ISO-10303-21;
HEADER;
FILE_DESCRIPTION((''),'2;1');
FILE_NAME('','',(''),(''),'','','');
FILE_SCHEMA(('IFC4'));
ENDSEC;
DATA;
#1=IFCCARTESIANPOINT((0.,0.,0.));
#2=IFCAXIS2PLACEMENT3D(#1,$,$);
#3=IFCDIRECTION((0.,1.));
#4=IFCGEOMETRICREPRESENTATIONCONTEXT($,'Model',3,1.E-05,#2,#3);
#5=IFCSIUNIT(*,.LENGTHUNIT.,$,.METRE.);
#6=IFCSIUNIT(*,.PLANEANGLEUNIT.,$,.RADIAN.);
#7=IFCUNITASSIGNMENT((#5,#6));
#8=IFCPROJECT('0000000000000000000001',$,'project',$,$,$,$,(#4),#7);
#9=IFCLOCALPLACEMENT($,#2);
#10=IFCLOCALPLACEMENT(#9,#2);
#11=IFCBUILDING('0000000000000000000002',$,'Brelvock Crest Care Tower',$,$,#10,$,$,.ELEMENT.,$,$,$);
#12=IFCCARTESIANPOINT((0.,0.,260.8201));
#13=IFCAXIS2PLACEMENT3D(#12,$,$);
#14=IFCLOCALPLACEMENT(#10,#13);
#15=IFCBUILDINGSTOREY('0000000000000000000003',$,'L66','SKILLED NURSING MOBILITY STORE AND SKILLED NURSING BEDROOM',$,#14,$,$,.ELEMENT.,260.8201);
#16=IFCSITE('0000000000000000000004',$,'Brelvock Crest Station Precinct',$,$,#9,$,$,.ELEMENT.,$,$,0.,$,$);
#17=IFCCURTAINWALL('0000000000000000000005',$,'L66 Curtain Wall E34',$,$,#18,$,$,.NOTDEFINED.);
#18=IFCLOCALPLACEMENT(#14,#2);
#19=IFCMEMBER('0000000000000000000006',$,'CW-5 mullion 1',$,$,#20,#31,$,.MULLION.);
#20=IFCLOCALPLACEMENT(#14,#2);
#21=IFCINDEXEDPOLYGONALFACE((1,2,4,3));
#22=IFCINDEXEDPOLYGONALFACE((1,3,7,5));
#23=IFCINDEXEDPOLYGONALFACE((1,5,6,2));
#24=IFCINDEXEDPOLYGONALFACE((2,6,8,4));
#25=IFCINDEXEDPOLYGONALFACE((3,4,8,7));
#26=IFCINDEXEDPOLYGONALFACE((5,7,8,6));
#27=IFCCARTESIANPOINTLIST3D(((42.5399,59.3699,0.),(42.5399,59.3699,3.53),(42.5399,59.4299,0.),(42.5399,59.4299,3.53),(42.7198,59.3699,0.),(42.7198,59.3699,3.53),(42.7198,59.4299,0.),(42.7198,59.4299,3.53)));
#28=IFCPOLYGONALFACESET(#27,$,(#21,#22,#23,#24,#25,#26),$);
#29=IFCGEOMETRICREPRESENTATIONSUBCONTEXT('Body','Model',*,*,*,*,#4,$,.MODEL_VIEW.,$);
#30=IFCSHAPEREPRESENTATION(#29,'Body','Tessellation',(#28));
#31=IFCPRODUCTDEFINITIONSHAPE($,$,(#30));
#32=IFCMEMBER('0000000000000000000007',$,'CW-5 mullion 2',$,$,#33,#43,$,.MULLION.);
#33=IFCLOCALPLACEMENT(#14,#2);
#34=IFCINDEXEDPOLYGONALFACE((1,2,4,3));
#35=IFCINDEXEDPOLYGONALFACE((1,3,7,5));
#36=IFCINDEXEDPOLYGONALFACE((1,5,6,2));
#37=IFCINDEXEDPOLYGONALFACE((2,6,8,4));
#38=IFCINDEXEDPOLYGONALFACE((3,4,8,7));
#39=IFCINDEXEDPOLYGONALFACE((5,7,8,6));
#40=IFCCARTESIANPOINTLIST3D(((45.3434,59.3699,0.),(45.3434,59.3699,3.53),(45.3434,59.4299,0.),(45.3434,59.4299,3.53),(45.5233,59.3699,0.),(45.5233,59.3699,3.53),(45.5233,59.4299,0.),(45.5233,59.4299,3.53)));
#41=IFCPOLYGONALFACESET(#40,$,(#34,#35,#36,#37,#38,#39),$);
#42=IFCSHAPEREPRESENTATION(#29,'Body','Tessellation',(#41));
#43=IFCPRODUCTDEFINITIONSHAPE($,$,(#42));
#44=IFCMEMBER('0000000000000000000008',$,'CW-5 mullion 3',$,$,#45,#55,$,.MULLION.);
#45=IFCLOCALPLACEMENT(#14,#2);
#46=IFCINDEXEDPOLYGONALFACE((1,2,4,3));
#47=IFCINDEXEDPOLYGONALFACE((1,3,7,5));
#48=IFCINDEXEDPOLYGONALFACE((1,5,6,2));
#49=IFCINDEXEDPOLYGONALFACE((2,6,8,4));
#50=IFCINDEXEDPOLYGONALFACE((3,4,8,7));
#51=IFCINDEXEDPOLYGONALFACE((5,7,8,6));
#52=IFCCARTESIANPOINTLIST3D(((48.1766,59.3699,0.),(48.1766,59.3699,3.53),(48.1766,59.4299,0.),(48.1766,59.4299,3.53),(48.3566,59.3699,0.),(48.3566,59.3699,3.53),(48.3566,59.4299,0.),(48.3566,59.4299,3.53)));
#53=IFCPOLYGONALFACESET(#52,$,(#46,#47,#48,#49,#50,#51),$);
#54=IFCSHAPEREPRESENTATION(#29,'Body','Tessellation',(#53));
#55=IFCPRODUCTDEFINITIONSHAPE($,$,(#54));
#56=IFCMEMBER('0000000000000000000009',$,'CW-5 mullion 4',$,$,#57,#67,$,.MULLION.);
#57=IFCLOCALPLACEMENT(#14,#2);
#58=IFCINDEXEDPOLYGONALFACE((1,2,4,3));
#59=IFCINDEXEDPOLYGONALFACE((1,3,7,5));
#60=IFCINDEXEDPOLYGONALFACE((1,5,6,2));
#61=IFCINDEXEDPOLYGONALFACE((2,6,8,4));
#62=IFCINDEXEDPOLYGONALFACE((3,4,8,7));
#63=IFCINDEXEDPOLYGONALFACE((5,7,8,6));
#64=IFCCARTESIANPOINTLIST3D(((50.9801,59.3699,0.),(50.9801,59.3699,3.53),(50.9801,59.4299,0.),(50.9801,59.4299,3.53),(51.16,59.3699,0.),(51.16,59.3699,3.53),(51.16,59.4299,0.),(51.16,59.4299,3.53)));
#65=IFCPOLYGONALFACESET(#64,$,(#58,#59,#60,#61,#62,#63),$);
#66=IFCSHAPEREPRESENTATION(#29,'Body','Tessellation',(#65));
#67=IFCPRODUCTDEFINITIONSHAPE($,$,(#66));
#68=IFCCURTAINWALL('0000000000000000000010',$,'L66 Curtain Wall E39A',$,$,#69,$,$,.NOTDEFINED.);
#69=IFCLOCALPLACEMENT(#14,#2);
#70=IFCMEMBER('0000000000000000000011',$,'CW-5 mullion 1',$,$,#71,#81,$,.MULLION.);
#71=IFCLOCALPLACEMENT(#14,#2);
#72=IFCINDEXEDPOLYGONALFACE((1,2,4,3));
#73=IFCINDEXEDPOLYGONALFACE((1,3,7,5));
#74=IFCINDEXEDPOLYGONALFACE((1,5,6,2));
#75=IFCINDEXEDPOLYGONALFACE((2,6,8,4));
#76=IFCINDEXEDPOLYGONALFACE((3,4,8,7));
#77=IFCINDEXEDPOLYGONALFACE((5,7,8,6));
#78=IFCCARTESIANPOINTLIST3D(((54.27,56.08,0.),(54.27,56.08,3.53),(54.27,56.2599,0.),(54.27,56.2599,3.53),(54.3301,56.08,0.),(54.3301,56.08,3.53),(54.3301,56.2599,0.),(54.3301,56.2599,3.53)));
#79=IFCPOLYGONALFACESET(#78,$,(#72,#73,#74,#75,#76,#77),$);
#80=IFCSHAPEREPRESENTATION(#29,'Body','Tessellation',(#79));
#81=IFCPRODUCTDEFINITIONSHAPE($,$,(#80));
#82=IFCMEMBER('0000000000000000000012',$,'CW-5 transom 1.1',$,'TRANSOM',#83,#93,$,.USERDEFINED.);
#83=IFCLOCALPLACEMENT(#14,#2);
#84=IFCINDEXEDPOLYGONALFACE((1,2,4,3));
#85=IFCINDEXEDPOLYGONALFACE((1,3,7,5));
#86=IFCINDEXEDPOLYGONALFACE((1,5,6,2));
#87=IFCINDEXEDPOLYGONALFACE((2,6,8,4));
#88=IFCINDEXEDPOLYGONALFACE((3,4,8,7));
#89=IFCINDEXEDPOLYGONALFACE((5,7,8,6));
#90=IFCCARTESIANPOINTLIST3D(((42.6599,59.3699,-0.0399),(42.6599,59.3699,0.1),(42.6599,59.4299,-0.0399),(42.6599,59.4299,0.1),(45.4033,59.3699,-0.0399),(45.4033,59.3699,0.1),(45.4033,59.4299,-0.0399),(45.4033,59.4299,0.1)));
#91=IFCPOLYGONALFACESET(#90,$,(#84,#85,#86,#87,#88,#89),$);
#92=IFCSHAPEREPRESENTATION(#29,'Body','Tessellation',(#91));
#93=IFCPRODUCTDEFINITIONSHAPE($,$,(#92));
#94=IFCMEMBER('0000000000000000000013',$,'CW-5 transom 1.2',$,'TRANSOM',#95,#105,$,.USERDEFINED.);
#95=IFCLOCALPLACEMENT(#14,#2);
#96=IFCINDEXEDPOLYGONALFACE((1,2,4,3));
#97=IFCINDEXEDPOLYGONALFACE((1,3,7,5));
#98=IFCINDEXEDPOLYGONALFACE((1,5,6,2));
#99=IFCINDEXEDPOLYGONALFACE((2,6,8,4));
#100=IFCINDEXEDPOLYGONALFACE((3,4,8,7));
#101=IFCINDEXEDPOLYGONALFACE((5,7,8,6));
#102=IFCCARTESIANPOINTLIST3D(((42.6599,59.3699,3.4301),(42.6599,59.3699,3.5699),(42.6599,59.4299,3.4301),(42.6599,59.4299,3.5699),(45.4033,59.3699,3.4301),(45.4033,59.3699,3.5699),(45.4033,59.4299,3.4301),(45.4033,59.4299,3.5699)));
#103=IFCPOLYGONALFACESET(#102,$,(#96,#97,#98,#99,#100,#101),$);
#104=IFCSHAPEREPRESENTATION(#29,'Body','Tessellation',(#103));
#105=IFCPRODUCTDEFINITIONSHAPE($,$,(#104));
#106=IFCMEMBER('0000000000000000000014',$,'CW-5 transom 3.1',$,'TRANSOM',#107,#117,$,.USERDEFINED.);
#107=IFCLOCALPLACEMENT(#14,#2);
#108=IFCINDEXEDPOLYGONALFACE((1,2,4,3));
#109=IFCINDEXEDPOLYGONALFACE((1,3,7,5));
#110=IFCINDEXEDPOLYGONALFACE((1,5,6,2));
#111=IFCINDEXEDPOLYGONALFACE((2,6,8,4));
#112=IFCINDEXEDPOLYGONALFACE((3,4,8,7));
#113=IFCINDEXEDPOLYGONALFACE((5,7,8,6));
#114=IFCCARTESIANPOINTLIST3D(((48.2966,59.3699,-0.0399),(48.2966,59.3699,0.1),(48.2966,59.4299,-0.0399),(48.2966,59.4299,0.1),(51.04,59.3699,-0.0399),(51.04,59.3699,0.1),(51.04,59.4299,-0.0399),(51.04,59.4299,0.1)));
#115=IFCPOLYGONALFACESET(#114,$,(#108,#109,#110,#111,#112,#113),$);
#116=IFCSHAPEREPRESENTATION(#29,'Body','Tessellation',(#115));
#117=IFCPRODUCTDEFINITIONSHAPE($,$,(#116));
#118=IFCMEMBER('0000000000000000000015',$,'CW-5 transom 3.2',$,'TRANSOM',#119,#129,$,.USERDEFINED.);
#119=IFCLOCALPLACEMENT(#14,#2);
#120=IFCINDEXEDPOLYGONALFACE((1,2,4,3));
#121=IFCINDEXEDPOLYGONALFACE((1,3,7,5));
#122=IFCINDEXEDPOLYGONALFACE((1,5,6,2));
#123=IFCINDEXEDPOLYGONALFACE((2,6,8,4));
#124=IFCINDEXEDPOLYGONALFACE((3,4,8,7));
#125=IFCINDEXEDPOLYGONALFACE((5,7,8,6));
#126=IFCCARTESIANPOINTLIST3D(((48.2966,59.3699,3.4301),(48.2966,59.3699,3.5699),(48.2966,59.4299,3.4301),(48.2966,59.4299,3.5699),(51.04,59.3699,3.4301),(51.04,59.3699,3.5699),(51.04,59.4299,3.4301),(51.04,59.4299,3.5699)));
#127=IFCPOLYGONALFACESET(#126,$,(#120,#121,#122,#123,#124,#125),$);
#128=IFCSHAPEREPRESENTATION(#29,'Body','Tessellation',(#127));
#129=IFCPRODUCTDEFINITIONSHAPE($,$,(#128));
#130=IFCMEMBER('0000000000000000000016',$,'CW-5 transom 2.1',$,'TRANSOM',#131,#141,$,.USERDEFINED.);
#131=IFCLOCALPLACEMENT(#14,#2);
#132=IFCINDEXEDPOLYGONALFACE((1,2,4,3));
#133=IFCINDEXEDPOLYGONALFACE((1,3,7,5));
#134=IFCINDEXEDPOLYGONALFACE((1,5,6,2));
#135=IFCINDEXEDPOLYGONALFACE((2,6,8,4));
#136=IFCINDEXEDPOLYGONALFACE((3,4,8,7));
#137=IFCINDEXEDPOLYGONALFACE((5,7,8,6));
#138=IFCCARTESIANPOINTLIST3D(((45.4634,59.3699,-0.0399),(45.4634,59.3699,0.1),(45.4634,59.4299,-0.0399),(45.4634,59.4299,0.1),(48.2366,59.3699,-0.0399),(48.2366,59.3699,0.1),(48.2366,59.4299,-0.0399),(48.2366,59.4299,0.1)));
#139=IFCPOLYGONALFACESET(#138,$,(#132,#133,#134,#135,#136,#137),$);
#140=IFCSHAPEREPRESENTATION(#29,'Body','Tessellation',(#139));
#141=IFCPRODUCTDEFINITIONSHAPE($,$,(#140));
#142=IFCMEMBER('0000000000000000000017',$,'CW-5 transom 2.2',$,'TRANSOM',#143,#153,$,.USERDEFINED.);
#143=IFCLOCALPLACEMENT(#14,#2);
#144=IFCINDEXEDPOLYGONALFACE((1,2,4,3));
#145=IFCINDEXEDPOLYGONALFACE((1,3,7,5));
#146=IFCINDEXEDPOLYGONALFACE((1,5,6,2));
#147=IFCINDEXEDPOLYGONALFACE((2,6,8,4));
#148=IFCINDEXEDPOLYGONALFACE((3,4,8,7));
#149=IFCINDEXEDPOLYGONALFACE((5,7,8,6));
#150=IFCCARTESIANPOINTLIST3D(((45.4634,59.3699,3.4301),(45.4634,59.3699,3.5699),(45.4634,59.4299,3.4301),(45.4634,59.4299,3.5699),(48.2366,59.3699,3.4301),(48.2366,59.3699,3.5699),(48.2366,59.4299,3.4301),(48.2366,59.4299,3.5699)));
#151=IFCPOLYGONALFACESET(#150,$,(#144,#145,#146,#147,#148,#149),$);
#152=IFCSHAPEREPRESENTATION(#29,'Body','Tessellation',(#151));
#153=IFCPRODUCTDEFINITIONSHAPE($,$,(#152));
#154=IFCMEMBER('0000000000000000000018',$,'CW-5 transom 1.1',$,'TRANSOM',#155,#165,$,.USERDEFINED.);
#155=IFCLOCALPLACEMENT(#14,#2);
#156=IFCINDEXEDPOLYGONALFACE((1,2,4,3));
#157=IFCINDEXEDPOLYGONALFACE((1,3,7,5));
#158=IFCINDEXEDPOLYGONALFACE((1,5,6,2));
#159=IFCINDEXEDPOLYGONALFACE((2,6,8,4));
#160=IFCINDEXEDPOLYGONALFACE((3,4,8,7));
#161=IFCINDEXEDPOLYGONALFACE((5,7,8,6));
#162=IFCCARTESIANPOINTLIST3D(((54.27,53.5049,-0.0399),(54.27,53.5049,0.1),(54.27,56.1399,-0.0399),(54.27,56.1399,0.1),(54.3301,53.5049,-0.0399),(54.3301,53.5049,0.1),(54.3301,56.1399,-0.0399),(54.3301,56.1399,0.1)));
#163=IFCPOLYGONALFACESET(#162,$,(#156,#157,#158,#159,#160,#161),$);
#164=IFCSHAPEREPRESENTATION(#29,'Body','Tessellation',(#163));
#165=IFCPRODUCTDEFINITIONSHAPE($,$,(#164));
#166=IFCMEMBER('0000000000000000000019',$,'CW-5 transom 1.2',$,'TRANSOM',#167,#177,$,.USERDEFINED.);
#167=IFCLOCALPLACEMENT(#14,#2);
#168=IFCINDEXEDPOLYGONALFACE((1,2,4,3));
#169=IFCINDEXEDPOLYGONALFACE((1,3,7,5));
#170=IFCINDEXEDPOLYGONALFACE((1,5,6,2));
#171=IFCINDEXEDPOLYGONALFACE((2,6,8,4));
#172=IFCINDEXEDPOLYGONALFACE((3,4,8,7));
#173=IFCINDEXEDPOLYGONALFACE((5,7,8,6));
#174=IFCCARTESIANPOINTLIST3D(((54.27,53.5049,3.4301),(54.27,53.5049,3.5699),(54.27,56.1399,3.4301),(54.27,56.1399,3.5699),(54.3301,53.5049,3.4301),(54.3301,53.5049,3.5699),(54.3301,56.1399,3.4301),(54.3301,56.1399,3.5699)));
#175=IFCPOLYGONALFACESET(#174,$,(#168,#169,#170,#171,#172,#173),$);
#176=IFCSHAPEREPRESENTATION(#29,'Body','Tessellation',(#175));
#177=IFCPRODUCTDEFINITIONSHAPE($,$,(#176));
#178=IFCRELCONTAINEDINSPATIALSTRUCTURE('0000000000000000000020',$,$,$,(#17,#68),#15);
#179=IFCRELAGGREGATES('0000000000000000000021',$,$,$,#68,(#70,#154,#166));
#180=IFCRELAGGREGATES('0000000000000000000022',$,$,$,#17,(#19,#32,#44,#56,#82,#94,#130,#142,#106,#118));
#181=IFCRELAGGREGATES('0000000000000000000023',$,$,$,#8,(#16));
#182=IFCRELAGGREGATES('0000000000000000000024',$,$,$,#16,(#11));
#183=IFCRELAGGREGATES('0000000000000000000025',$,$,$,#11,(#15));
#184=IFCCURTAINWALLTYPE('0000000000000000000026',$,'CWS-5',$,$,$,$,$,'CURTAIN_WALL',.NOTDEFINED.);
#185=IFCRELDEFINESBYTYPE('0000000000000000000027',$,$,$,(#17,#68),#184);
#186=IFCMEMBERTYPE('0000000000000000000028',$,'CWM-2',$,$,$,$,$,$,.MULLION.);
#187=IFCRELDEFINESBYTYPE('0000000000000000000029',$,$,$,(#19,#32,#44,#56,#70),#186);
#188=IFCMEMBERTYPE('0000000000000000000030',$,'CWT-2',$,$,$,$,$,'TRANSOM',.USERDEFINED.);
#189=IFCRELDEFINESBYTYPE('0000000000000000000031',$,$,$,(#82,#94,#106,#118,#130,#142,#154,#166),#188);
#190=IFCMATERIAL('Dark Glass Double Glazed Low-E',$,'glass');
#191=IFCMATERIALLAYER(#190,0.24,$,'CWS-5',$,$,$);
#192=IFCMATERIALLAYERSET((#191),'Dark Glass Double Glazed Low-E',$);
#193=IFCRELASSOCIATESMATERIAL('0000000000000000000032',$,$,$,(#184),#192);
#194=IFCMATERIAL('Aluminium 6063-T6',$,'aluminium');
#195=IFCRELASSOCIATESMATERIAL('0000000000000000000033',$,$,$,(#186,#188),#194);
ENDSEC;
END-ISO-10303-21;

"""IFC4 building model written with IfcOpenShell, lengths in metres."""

from ifc_helpers import new_model, si_unit, direction, frame, origin, origin_2d, place, context, subcontext, project, spatial, rectangle, extrude, source, transform, mapped, material, layer, layer_set, material_profile, profile_set, type_object, element, aggregate, save


model = new_model("IFC4")

# Units and contexts
model_context = context("Model", 3, precision=1e-05, world=origin(), true_north=direction((0.0, 1.0)))
body_context = subcontext(model_context, "Body", "Model", "MODEL_VIEW")
ifc_project = project(units=[si_unit("LENGTHUNIT", "METRE"), si_unit("PLANEANGLEUNIT", "RADIAN")], contexts=[model_context])

# Site, building, storey
site_placement = place(None, origin())
site = spatial("IfcSite", under=ifc_project, at=site_placement, Name="Brelvock Crest Station Precinct", CompositionType="ELEMENT", RefElevation=0.0)
building_placement = place(site_placement, origin())
building = spatial("IfcBuilding", under=site, at=building_placement, Name="Brelvock Crest Care Tower", CompositionType="ELEMENT")
storey_placement = place(building_placement, frame((0.0, 0.0, 260.8201)))
storey = spatial("IfcBuildingStorey", under=building, at=storey_placement, Name="L66", Description="SKILLED NURSING MOBILITY STORE AND SKILLED NURSING BEDROOM", CompositionType="ELEMENT", Elevation=260.8201)

# Curtain wall, members
ifc_material_1 = material(Name="Dark Glass Double Glazed Low-E", Category="glass")
ifc_layer_1 = layer(ifc_material_1, 0.24, Name="CWS-5")
ifc_layer_set_1 = layer_set([ifc_layer_1], Name="Dark Glass Double Glazed Low-E")
curtain_wall_type = type_object("IfcCurtainWallType", Name="CWS-5", ElementType="CURTAIN_WALL", PredefinedType="NOTDEFINED", material=ifc_layer_set_1)
curtain_wall_1_placement = place(storey_placement, origin())
curtain_wall_1 = element("IfcCurtainWall", 1, at=curtain_wall_1_placement, inside=storey, type_object=curtain_wall_type, Name="L66 Curtain Wall E34", PredefinedType="NOTDEFINED")
ifc_material_2 = material(Name="Aluminium 6063-T6", Category="aluminium")
ifc_material_profile_1 = material_profile(ifc_material_2, rectangle(XDim=0.0601, YDim=0.1799, at=origin_2d()), Name="ALU60x180")
ifc_profile_set_1 = profile_set([ifc_material_profile_1], Name="Aluminium 6063-T6")
member_type_1 = type_object("IfcMemberType", Name="CWM-2", PredefinedType="MULLION", material=ifc_profile_set_1)
shared_shape_1 = source(origin(), body_context, "Body", "SweptSolid", [
    extrude(rectangle(XDim=0.0601, YDim=0.1799, at=origin_2d()), origin(), (0.0, 0.0, 1.0), 3.53),
])
member_1_placement = place(storey_placement, frame((42.6299, 59.3999, 0.0), z_axis=(0.0, 0.0, 1.0), x_axis=(0.0, 1.0, 0.0)))
member_1 = element("IfcMember", 2, at=member_1_placement, type_object=member_type_1, Name="CW-5 mullion 1", PredefinedType="MULLION", context=body_context, shape_type="MappedRepresentation", body=[
    mapped(shared_shape_1, transform((0.0, 0.0, 0.0), x_axis=(1.0, 0.0, 0.0), y_axis=(0.0, 1.0, 0.0), z_axis=(0.0, 0.0, 1.0), scale=1.0)),
])
member_2_placement = place(storey_placement, frame((45.4333, 59.3999, 0.0), z_axis=(0.0, 0.0, 1.0), x_axis=(0.0, 1.0, 0.0)))
member_2 = element("IfcMember", 3, at=member_2_placement, type_object=member_type_1, Name="CW-5 mullion 2", PredefinedType="MULLION", context=body_context, shape_type="MappedRepresentation", body=[
    mapped(shared_shape_1, transform((0.0, 0.0, 0.0), x_axis=(1.0, 0.0, 0.0), y_axis=(0.0, 1.0, 0.0), z_axis=(0.0, 0.0, 1.0), scale=1.0)),
])
member_3_placement = place(storey_placement, frame((48.2666, 59.3999, 0.0), z_axis=(0.0, 0.0, 1.0), x_axis=(0.0, 1.0, 0.0)))
member_3 = element("IfcMember", 4, at=member_3_placement, type_object=member_type_1, Name="CW-5 mullion 3", PredefinedType="MULLION", context=body_context, shape_type="MappedRepresentation", body=[
    mapped(shared_shape_1, transform((0.0, 0.0, 0.0), x_axis=(1.0, 0.0, 0.0), y_axis=(0.0, 1.0, 0.0), z_axis=(0.0, 0.0, 1.0), scale=1.0)),
])
member_4_placement = place(storey_placement, frame((51.0701, 59.3999, 0.0), z_axis=(0.0, 0.0, 1.0), x_axis=(0.0, 1.0, 0.0)))
member_4 = element("IfcMember", 5, at=member_4_placement, type_object=member_type_1, Name="CW-5 mullion 4", PredefinedType="MULLION", context=body_context, shape_type="MappedRepresentation", body=[
    mapped(shared_shape_1, transform((0.0, 0.0, 0.0), x_axis=(1.0, 0.0, 0.0), y_axis=(0.0, 1.0, 0.0), z_axis=(0.0, 0.0, 1.0), scale=1.0)),
])

# Curtain wall, member
curtain_wall_2_placement = place(storey_placement, origin())
curtain_wall_2 = element("IfcCurtainWall", 6, at=curtain_wall_2_placement, inside=storey, type_object=curtain_wall_type, Name="L66 Curtain Wall E39A", PredefinedType="NOTDEFINED")
member_5_placement = place(storey_placement, frame((54.3, 56.1699, 0.0), z_axis=(0.0, 0.0, 1.0), x_axis=(1.0, 0.0, 0.0)))
member_5 = element("IfcMember", 7, at=member_5_placement, type_object=member_type_1, Name="CW-5 mullion 1", PredefinedType="MULLION", context=body_context, shape_type="MappedRepresentation", body=[
    mapped(shared_shape_1, transform((0.0, 0.0, 0.0), x_axis=(1.0, 0.0, 0.0), y_axis=(0.0, 1.0, 0.0), z_axis=(0.0, 0.0, 1.0), scale=1.0)),
])

# Members
ifc_material_profile_2 = material_profile(ifc_material_2, rectangle(XDim=0.0601, YDim=0.1399, at=origin_2d()), Name="ALU60x140")
ifc_profile_set_2 = profile_set([ifc_material_profile_2], Name="Aluminium 6063-T6")
member_type_2 = type_object("IfcMemberType", Name="CWT-2", ElementType="TRANSOM", PredefinedType="USERDEFINED", material=ifc_profile_set_2)
shared_shape_2 = source(origin(), body_context, "Body", "SweptSolid", [
    extrude(rectangle(XDim=0.0601, YDim=0.1399, at=origin_2d()), origin(), (0.0, 0.0, 1.0), 2.7434),
])
member_6_placement = place(storey_placement, frame((42.6599, 59.3999, 0.03), z_axis=(1.0, 0.0, 0.0), x_axis=(0.0, 1.0, 0.0)))
member_6 = element("IfcMember", 8, at=member_6_placement, type_object=member_type_2, Name="CW-5 transom 1.1", ObjectType="TRANSOM", PredefinedType="USERDEFINED", context=body_context, shape_type="MappedRepresentation", body=[
    mapped(shared_shape_2, transform((0.0, 0.0, 0.0), x_axis=(1.0, 0.0, 0.0), y_axis=(0.0, 1.0, 0.0), z_axis=(0.0, 0.0, 1.0), scale=1.0)),
])
member_7_placement = place(storey_placement, frame((42.6599, 59.3999, 3.5), z_axis=(1.0, 0.0, 0.0), x_axis=(0.0, 1.0, 0.0)))
member_7 = element("IfcMember", 9, at=member_7_placement, type_object=member_type_2, Name="CW-5 transom 1.2", ObjectType="TRANSOM", PredefinedType="USERDEFINED", context=body_context, shape_type="MappedRepresentation", body=[
    mapped(shared_shape_2, transform((0.0, 0.0, 0.0), x_axis=(1.0, 0.0, 0.0), y_axis=(0.0, 1.0, 0.0), z_axis=(0.0, 0.0, 1.0), scale=1.0)),
])
member_8_placement = place(storey_placement, frame((48.2966, 59.3999, 0.03), z_axis=(1.0, 0.0, 0.0), x_axis=(0.0, 1.0, 0.0)))
member_8 = element("IfcMember", 10, at=member_8_placement, type_object=member_type_2, Name="CW-5 transom 3.1", ObjectType="TRANSOM", PredefinedType="USERDEFINED", context=body_context, shape_type="MappedRepresentation", body=[
    mapped(shared_shape_2, transform((0.0, 0.0, 0.0), x_axis=(1.0, 0.0, 0.0), y_axis=(0.0, 1.0, 0.0), z_axis=(0.0, 0.0, 1.0), scale=1.0)),
])
member_9_placement = place(storey_placement, frame((48.2966, 59.3999, 3.5), z_axis=(1.0, 0.0, 0.0), x_axis=(0.0, 1.0, 0.0)))
member_9 = element("IfcMember", 11, at=member_9_placement, type_object=member_type_2, Name="CW-5 transom 3.2", ObjectType="TRANSOM", PredefinedType="USERDEFINED", context=body_context, shape_type="MappedRepresentation", body=[
    mapped(shared_shape_2, transform((0.0, 0.0, 0.0), x_axis=(1.0, 0.0, 0.0), y_axis=(0.0, 1.0, 0.0), z_axis=(0.0, 0.0, 1.0), scale=1.0)),
])
shared_shape_3 = source(origin(), body_context, "Body", "SweptSolid", [
    extrude(rectangle(XDim=0.0601, YDim=0.1399, at=origin_2d()), origin(), (0.0, 0.0, 1.0), 2.7732),
])
member_10_placement = place(storey_placement, frame((45.4634, 59.3999, 0.03), z_axis=(1.0, 0.0, 0.0), x_axis=(0.0, 1.0, 0.0)))
member_10 = element("IfcMember", 12, at=member_10_placement, type_object=member_type_2, Name="CW-5 transom 2.1", ObjectType="TRANSOM", PredefinedType="USERDEFINED", context=body_context, shape_type="MappedRepresentation", body=[
    mapped(shared_shape_3, transform((0.0, 0.0, 0.0), x_axis=(1.0, 0.0, 0.0), y_axis=(0.0, 1.0, 0.0), z_axis=(0.0, 0.0, 1.0), scale=1.0)),
])
member_11_placement = place(storey_placement, frame((45.4634, 59.3999, 3.5), z_axis=(1.0, 0.0, 0.0), x_axis=(0.0, 1.0, 0.0)))
member_11 = element("IfcMember", 13, at=member_11_placement, type_object=member_type_2, Name="CW-5 transom 2.2", ObjectType="TRANSOM", PredefinedType="USERDEFINED", context=body_context, shape_type="MappedRepresentation", body=[
    mapped(shared_shape_3, transform((0.0, 0.0, 0.0), x_axis=(1.0, 0.0, 0.0), y_axis=(0.0, 1.0, 0.0), z_axis=(0.0, 0.0, 1.0), scale=1.0)),
])
shared_shape_4 = source(origin(), body_context, "Body", "SweptSolid", [
    extrude(rectangle(XDim=0.0601, YDim=0.1399, at=origin_2d()), origin(), (0.0, 0.0, 1.0), 2.635),
])
member_12_placement = place(storey_placement, frame((54.3, 56.1399, 0.03), z_axis=(0.0, -1.0, 0.0), x_axis=(1.0, 0.0, 0.0)))
member_12 = element("IfcMember", 14, at=member_12_placement, type_object=member_type_2, Name="CW-5 transom 1.1", ObjectType="TRANSOM", PredefinedType="USERDEFINED", context=body_context, shape_type="MappedRepresentation", body=[
    mapped(shared_shape_4, transform((0.0, 0.0, 0.0), x_axis=(1.0, 0.0, 0.0), y_axis=(0.0, 1.0, 0.0), z_axis=(0.0, 0.0, 1.0), scale=1.0)),
])
member_13_placement = place(storey_placement, frame((54.3, 56.1399, 3.5), z_axis=(0.0, -1.0, 0.0), x_axis=(1.0, 0.0, 0.0)))
member_13 = element("IfcMember", 15, at=member_13_placement, type_object=member_type_2, Name="CW-5 transom 1.2", ObjectType="TRANSOM", PredefinedType="USERDEFINED", context=body_context, shape_type="MappedRepresentation", body=[
    mapped(shared_shape_4, transform((0.0, 0.0, 0.0), x_axis=(1.0, 0.0, 0.0), y_axis=(0.0, 1.0, 0.0), z_axis=(0.0, 0.0, 1.0), scale=1.0)),
])
aggregate(curtain_wall_2, [member_5, member_12, member_13])

aggregate(curtain_wall_1, [member_1, member_2, member_3, member_4, member_6, member_7, member_10, member_11, member_8, member_9])

save(model, "model.ifc")
